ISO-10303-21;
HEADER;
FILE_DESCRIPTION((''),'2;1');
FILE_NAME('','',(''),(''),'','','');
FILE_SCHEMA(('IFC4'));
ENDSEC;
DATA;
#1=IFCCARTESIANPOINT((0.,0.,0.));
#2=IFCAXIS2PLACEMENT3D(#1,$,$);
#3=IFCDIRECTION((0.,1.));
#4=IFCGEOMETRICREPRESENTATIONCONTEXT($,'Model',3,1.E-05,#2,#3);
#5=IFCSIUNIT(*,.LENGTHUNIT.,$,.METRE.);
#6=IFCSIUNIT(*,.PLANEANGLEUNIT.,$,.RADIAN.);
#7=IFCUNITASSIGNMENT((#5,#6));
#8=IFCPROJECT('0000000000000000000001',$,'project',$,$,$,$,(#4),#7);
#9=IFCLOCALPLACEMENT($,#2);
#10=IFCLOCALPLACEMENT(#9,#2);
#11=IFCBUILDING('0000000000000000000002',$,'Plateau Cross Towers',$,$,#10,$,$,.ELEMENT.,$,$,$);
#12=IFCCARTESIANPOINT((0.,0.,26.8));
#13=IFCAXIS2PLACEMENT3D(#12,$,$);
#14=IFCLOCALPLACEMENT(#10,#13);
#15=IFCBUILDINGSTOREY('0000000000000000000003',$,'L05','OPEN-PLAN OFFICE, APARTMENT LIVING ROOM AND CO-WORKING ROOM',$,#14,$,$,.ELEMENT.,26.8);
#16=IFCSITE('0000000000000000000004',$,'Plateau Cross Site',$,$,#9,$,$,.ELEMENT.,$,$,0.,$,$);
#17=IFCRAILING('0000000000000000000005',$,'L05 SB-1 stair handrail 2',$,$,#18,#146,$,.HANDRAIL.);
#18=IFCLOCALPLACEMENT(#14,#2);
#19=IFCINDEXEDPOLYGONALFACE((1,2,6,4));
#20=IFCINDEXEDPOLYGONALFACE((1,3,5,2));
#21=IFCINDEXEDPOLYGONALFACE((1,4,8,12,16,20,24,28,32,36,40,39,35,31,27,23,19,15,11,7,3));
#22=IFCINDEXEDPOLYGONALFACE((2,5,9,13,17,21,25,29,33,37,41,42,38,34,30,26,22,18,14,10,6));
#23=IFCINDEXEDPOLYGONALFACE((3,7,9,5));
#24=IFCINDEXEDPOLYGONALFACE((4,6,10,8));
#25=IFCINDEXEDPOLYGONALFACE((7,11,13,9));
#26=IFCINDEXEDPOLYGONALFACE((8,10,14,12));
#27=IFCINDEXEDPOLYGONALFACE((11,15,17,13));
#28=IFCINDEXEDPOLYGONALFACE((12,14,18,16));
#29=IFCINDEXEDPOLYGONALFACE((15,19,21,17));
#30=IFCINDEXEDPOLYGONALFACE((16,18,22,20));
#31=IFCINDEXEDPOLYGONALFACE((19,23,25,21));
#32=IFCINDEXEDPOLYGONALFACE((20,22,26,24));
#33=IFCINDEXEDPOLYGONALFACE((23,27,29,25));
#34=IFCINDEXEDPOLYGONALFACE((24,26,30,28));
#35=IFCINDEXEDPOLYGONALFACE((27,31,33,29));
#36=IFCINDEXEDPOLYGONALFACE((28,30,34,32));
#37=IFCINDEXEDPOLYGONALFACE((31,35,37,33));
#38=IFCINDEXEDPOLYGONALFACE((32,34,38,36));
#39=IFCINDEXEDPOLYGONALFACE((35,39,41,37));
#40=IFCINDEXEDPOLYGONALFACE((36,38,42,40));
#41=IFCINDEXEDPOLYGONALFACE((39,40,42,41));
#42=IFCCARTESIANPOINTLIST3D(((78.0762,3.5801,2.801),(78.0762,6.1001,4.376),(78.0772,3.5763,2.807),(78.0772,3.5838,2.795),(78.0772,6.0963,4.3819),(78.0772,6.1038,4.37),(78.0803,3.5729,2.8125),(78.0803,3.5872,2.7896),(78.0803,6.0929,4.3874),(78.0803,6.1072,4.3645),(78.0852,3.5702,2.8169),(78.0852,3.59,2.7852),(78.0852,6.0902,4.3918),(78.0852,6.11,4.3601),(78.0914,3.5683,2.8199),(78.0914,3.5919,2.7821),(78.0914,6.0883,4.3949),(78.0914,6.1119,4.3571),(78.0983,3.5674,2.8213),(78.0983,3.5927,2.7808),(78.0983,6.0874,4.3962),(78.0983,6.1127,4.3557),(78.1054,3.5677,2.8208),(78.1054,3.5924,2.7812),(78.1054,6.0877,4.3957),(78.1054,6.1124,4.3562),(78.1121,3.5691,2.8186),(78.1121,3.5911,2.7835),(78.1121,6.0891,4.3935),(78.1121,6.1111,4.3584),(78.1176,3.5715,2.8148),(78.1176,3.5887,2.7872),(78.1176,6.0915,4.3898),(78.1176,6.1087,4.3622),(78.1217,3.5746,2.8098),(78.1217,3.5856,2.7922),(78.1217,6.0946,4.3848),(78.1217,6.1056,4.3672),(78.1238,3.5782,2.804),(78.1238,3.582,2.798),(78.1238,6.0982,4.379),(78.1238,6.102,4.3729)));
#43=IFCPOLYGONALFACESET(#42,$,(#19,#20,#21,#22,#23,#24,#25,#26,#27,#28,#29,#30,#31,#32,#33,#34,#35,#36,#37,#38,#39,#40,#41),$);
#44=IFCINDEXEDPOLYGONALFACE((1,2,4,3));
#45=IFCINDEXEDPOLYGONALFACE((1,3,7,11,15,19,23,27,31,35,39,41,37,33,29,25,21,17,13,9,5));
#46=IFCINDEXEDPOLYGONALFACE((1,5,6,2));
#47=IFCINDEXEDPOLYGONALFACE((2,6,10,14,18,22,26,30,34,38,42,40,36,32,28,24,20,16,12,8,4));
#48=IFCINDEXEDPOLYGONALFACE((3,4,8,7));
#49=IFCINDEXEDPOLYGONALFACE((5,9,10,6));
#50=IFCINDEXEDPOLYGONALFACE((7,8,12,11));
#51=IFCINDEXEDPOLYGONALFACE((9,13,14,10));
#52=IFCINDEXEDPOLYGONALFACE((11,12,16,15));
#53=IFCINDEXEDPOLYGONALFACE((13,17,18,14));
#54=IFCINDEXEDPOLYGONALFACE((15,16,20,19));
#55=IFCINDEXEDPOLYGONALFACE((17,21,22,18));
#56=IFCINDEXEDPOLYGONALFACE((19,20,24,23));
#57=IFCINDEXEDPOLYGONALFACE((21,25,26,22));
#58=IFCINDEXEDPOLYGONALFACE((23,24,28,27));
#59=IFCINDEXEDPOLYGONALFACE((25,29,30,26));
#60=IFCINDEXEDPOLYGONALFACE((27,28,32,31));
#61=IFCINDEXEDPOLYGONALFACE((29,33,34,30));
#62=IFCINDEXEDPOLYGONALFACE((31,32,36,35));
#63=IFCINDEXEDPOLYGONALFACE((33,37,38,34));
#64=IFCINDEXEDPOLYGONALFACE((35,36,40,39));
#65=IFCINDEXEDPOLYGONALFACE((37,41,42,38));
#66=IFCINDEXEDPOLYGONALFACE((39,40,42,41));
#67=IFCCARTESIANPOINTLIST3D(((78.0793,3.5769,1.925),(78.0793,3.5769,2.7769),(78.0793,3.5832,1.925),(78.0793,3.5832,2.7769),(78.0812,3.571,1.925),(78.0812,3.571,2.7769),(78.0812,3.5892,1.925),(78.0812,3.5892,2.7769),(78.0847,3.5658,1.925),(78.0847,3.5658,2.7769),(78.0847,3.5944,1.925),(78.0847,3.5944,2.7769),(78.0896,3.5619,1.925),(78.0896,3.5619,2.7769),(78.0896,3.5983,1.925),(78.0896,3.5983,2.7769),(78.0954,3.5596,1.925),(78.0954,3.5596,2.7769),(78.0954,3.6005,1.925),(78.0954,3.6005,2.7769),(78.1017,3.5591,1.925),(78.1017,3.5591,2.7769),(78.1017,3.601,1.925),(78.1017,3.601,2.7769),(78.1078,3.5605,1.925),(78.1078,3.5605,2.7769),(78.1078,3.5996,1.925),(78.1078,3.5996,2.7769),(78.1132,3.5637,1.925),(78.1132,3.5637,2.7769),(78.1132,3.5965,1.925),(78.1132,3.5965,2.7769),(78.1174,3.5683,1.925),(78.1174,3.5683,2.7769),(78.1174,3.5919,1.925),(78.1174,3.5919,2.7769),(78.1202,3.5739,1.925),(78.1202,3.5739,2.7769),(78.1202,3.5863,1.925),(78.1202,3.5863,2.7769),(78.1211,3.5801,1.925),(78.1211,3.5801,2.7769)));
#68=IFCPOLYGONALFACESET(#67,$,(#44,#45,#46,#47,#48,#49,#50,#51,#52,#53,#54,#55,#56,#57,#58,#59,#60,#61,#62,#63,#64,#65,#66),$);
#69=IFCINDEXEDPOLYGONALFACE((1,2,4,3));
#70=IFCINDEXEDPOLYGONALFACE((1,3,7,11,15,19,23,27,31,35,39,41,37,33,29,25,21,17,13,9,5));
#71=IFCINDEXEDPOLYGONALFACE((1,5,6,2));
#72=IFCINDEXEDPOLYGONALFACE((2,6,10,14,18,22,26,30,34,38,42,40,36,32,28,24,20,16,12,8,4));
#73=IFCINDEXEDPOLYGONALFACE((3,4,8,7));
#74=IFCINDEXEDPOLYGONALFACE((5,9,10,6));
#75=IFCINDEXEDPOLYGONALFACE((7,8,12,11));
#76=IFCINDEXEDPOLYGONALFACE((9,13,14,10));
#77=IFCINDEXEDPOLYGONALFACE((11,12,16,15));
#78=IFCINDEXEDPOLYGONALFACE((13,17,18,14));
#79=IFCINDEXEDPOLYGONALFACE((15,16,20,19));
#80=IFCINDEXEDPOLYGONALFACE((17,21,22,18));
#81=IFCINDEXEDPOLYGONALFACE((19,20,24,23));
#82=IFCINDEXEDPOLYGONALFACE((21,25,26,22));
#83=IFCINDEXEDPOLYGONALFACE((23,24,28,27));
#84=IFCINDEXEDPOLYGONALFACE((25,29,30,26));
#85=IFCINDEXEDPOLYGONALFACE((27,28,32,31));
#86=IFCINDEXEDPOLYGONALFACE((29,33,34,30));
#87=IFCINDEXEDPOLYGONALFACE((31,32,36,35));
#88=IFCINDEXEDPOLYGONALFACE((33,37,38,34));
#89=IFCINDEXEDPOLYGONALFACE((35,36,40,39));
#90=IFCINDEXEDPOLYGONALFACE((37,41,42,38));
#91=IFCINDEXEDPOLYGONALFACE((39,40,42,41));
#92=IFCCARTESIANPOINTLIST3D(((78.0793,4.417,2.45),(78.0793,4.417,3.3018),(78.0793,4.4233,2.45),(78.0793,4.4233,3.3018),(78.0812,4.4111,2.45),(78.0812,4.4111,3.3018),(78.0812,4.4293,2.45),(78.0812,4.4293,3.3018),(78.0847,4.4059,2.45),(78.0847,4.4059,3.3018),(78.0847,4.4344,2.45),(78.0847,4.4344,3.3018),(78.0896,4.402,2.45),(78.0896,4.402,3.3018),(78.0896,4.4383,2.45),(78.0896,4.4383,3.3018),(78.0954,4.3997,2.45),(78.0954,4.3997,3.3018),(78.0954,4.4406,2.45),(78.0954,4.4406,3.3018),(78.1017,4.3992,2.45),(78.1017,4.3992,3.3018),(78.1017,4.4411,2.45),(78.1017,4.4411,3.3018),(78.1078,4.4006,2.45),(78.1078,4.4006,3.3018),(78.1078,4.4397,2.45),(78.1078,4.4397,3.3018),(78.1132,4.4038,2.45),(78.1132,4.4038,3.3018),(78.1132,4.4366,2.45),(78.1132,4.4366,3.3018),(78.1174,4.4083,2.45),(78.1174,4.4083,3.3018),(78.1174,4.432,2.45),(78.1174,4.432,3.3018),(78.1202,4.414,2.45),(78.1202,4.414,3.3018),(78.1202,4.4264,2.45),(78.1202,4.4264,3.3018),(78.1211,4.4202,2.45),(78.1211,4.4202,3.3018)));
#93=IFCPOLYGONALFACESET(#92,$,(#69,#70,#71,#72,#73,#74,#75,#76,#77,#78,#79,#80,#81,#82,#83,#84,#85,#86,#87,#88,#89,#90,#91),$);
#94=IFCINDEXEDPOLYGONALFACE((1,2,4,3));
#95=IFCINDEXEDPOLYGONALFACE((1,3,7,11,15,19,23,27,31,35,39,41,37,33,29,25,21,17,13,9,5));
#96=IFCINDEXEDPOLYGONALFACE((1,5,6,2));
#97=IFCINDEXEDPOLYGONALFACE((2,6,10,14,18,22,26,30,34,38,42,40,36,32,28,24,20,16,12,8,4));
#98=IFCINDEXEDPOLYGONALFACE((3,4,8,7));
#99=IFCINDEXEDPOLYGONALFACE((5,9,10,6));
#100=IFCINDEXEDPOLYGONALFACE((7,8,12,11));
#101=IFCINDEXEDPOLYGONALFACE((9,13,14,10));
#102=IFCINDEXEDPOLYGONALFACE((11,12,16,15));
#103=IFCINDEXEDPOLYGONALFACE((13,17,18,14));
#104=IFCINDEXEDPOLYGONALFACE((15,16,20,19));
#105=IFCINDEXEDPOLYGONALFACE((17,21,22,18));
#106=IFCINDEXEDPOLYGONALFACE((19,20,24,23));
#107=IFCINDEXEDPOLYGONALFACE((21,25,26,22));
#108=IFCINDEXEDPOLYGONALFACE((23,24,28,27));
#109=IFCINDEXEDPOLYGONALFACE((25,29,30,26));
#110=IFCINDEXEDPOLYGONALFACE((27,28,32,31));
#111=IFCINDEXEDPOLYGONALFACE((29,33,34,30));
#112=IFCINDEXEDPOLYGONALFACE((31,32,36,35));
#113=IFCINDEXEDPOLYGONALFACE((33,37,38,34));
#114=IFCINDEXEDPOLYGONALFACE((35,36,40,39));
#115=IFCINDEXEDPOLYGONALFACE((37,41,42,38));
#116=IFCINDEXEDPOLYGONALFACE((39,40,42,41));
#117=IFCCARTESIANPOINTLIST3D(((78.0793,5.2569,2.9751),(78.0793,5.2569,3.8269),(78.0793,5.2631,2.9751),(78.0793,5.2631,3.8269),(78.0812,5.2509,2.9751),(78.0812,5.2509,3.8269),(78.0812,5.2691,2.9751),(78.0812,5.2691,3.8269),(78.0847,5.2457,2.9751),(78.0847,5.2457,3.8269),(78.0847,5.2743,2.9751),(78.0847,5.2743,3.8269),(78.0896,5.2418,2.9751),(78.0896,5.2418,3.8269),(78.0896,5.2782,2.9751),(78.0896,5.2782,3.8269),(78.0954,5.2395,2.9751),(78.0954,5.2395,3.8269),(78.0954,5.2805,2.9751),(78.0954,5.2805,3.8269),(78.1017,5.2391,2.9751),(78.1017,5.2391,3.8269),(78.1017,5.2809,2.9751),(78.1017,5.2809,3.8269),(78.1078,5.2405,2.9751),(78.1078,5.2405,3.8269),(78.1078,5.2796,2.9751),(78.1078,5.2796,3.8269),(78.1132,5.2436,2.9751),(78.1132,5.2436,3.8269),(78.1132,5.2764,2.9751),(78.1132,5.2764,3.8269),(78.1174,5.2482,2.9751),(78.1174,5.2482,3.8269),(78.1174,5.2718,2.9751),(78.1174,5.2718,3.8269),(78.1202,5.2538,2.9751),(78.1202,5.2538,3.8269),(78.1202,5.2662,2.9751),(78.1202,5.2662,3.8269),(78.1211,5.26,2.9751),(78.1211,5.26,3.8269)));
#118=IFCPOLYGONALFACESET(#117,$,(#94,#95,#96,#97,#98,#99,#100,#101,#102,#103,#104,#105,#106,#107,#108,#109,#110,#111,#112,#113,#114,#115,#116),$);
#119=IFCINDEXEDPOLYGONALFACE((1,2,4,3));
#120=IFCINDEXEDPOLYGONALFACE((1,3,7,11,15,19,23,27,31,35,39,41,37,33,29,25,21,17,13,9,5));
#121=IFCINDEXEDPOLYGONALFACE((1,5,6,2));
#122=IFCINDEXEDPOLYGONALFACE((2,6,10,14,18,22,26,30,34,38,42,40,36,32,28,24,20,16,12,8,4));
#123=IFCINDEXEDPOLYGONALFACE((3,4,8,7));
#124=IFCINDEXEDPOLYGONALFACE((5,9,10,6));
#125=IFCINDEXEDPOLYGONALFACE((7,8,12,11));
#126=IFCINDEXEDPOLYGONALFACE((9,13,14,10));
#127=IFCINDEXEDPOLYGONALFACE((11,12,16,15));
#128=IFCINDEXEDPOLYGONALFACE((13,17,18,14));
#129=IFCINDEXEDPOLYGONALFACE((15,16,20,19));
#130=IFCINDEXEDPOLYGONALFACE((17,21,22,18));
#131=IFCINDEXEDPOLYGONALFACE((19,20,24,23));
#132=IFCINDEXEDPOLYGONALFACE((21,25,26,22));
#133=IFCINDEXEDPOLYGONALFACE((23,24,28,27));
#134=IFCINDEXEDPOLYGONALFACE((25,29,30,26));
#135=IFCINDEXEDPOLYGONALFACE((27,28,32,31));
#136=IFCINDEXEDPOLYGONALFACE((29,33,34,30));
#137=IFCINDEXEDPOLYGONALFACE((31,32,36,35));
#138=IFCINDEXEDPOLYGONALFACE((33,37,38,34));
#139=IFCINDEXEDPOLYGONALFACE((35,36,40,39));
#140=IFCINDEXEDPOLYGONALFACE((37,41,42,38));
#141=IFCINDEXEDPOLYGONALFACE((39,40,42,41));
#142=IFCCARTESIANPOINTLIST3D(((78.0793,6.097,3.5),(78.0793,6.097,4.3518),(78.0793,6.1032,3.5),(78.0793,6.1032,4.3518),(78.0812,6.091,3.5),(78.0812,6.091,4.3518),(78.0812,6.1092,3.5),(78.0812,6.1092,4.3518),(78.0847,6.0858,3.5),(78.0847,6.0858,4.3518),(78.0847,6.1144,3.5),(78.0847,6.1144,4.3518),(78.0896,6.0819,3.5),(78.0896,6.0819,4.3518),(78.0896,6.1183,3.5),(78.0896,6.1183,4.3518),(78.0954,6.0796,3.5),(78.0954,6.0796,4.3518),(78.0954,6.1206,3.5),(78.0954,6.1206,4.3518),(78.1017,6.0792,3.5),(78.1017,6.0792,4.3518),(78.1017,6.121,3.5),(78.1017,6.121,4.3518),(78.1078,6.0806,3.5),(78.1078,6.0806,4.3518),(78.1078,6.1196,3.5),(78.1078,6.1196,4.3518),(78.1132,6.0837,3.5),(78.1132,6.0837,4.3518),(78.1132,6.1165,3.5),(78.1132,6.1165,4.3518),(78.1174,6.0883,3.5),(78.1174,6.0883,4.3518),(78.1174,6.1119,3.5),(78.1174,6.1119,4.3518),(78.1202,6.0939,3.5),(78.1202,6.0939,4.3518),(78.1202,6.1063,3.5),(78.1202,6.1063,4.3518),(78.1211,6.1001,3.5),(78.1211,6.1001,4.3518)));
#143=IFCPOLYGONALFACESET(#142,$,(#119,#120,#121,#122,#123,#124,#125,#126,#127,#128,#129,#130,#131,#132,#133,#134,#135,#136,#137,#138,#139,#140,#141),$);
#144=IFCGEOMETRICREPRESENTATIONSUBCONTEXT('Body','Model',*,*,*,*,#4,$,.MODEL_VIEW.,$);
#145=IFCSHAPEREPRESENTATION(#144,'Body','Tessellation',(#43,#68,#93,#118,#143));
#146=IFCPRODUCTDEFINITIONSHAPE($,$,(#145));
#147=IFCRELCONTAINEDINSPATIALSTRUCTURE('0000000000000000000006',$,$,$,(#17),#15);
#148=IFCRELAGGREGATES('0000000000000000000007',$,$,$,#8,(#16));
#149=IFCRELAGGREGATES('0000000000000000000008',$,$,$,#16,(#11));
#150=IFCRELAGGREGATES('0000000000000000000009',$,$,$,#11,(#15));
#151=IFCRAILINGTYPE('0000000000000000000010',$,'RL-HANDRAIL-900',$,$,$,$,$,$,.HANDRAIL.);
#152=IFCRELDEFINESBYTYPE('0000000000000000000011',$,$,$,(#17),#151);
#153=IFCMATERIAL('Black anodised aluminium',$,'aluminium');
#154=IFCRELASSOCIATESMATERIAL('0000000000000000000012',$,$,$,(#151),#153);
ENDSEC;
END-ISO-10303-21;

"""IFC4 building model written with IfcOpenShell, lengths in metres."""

from ifc_helpers import new_model, si_unit, direction, frame, origin, origin_2d, place, context, subcontext, project, spatial, circle, extrude, material, type_object, element, save


model = new_model("IFC4")

# Units and contexts
model_context = context("Model", 3, precision=1e-05, world=origin(), true_north=direction((0.0, 1.0)))
body_context = subcontext(model_context, "Body", "Model", "MODEL_VIEW")
ifc_project = project(units=[si_unit("LENGTHUNIT", "METRE"), si_unit("PLANEANGLEUNIT", "RADIAN")], contexts=[model_context])

# Site, building, storey
site_placement = place(None, origin())
site = spatial("IfcSite", under=ifc_project, at=site_placement, Name="Plateau Cross Site", CompositionType="ELEMENT", RefElevation=0.0)
building_placement = place(site_placement, origin())
building = spatial("IfcBuilding", under=site, at=building_placement, Name="Plateau Cross Towers", CompositionType="ELEMENT")
storey_placement = place(building_placement, frame((0.0, 0.0, 26.8)))
storey = spatial("IfcBuildingStorey", under=building, at=storey_placement, Name="L05", Description="OPEN-PLAN OFFICE, APARTMENT LIVING ROOM AND CO-WORKING ROOM", CompositionType="ELEMENT", Elevation=26.8)

# Railing
ifc_material_1 = material(Name="Black anodised aluminium", Category="aluminium")
railing_type_1 = type_object("IfcRailingType", Name="RL-HANDRAIL-900", PredefinedType="HANDRAIL", material=ifc_material_1)
railing_1_placement = place(storey_placement, frame((78.1001, 3.5801, 1.925)))
element("IfcRailing", 1, at=railing_1_placement, inside=storey, type_object=railing_type_1, Name="L05 SB-1 stair handrail 2", PredefinedType="HANDRAIL", context=body_context, shape_type="SweptSolid", body=[
    extrude(circle(Radius=0.0239, at=origin_2d()), frame((0.0, 0.0, 0.876), z_axis=(0.0, 0.848008, 0.529984), x_axis=(-1.0, 0.0, 0.0)), (0.0, 0.0, 1.0), 2.9717),
    extrude(circle(Radius=0.021, at=origin_2d()), origin(), (0.0, 0.0, 1.0), 0.8518),
    extrude(circle(Radius=0.021, at=origin_2d()), frame((0.0, 0.8401, 0.5249)), (0.0, 0.0, 1.0), 0.8518),
    extrude(circle(Radius=0.021, at=origin_2d()), frame((0.0, 1.6799, 1.05)), (0.0, 0.0, 1.0), 0.8518),
    extrude(circle(Radius=0.021, at=origin_2d()), frame((0.0, 2.52, 1.575)), (0.0, 0.0, 1.0), 0.8518),
])

save(model, "model.ifc")
